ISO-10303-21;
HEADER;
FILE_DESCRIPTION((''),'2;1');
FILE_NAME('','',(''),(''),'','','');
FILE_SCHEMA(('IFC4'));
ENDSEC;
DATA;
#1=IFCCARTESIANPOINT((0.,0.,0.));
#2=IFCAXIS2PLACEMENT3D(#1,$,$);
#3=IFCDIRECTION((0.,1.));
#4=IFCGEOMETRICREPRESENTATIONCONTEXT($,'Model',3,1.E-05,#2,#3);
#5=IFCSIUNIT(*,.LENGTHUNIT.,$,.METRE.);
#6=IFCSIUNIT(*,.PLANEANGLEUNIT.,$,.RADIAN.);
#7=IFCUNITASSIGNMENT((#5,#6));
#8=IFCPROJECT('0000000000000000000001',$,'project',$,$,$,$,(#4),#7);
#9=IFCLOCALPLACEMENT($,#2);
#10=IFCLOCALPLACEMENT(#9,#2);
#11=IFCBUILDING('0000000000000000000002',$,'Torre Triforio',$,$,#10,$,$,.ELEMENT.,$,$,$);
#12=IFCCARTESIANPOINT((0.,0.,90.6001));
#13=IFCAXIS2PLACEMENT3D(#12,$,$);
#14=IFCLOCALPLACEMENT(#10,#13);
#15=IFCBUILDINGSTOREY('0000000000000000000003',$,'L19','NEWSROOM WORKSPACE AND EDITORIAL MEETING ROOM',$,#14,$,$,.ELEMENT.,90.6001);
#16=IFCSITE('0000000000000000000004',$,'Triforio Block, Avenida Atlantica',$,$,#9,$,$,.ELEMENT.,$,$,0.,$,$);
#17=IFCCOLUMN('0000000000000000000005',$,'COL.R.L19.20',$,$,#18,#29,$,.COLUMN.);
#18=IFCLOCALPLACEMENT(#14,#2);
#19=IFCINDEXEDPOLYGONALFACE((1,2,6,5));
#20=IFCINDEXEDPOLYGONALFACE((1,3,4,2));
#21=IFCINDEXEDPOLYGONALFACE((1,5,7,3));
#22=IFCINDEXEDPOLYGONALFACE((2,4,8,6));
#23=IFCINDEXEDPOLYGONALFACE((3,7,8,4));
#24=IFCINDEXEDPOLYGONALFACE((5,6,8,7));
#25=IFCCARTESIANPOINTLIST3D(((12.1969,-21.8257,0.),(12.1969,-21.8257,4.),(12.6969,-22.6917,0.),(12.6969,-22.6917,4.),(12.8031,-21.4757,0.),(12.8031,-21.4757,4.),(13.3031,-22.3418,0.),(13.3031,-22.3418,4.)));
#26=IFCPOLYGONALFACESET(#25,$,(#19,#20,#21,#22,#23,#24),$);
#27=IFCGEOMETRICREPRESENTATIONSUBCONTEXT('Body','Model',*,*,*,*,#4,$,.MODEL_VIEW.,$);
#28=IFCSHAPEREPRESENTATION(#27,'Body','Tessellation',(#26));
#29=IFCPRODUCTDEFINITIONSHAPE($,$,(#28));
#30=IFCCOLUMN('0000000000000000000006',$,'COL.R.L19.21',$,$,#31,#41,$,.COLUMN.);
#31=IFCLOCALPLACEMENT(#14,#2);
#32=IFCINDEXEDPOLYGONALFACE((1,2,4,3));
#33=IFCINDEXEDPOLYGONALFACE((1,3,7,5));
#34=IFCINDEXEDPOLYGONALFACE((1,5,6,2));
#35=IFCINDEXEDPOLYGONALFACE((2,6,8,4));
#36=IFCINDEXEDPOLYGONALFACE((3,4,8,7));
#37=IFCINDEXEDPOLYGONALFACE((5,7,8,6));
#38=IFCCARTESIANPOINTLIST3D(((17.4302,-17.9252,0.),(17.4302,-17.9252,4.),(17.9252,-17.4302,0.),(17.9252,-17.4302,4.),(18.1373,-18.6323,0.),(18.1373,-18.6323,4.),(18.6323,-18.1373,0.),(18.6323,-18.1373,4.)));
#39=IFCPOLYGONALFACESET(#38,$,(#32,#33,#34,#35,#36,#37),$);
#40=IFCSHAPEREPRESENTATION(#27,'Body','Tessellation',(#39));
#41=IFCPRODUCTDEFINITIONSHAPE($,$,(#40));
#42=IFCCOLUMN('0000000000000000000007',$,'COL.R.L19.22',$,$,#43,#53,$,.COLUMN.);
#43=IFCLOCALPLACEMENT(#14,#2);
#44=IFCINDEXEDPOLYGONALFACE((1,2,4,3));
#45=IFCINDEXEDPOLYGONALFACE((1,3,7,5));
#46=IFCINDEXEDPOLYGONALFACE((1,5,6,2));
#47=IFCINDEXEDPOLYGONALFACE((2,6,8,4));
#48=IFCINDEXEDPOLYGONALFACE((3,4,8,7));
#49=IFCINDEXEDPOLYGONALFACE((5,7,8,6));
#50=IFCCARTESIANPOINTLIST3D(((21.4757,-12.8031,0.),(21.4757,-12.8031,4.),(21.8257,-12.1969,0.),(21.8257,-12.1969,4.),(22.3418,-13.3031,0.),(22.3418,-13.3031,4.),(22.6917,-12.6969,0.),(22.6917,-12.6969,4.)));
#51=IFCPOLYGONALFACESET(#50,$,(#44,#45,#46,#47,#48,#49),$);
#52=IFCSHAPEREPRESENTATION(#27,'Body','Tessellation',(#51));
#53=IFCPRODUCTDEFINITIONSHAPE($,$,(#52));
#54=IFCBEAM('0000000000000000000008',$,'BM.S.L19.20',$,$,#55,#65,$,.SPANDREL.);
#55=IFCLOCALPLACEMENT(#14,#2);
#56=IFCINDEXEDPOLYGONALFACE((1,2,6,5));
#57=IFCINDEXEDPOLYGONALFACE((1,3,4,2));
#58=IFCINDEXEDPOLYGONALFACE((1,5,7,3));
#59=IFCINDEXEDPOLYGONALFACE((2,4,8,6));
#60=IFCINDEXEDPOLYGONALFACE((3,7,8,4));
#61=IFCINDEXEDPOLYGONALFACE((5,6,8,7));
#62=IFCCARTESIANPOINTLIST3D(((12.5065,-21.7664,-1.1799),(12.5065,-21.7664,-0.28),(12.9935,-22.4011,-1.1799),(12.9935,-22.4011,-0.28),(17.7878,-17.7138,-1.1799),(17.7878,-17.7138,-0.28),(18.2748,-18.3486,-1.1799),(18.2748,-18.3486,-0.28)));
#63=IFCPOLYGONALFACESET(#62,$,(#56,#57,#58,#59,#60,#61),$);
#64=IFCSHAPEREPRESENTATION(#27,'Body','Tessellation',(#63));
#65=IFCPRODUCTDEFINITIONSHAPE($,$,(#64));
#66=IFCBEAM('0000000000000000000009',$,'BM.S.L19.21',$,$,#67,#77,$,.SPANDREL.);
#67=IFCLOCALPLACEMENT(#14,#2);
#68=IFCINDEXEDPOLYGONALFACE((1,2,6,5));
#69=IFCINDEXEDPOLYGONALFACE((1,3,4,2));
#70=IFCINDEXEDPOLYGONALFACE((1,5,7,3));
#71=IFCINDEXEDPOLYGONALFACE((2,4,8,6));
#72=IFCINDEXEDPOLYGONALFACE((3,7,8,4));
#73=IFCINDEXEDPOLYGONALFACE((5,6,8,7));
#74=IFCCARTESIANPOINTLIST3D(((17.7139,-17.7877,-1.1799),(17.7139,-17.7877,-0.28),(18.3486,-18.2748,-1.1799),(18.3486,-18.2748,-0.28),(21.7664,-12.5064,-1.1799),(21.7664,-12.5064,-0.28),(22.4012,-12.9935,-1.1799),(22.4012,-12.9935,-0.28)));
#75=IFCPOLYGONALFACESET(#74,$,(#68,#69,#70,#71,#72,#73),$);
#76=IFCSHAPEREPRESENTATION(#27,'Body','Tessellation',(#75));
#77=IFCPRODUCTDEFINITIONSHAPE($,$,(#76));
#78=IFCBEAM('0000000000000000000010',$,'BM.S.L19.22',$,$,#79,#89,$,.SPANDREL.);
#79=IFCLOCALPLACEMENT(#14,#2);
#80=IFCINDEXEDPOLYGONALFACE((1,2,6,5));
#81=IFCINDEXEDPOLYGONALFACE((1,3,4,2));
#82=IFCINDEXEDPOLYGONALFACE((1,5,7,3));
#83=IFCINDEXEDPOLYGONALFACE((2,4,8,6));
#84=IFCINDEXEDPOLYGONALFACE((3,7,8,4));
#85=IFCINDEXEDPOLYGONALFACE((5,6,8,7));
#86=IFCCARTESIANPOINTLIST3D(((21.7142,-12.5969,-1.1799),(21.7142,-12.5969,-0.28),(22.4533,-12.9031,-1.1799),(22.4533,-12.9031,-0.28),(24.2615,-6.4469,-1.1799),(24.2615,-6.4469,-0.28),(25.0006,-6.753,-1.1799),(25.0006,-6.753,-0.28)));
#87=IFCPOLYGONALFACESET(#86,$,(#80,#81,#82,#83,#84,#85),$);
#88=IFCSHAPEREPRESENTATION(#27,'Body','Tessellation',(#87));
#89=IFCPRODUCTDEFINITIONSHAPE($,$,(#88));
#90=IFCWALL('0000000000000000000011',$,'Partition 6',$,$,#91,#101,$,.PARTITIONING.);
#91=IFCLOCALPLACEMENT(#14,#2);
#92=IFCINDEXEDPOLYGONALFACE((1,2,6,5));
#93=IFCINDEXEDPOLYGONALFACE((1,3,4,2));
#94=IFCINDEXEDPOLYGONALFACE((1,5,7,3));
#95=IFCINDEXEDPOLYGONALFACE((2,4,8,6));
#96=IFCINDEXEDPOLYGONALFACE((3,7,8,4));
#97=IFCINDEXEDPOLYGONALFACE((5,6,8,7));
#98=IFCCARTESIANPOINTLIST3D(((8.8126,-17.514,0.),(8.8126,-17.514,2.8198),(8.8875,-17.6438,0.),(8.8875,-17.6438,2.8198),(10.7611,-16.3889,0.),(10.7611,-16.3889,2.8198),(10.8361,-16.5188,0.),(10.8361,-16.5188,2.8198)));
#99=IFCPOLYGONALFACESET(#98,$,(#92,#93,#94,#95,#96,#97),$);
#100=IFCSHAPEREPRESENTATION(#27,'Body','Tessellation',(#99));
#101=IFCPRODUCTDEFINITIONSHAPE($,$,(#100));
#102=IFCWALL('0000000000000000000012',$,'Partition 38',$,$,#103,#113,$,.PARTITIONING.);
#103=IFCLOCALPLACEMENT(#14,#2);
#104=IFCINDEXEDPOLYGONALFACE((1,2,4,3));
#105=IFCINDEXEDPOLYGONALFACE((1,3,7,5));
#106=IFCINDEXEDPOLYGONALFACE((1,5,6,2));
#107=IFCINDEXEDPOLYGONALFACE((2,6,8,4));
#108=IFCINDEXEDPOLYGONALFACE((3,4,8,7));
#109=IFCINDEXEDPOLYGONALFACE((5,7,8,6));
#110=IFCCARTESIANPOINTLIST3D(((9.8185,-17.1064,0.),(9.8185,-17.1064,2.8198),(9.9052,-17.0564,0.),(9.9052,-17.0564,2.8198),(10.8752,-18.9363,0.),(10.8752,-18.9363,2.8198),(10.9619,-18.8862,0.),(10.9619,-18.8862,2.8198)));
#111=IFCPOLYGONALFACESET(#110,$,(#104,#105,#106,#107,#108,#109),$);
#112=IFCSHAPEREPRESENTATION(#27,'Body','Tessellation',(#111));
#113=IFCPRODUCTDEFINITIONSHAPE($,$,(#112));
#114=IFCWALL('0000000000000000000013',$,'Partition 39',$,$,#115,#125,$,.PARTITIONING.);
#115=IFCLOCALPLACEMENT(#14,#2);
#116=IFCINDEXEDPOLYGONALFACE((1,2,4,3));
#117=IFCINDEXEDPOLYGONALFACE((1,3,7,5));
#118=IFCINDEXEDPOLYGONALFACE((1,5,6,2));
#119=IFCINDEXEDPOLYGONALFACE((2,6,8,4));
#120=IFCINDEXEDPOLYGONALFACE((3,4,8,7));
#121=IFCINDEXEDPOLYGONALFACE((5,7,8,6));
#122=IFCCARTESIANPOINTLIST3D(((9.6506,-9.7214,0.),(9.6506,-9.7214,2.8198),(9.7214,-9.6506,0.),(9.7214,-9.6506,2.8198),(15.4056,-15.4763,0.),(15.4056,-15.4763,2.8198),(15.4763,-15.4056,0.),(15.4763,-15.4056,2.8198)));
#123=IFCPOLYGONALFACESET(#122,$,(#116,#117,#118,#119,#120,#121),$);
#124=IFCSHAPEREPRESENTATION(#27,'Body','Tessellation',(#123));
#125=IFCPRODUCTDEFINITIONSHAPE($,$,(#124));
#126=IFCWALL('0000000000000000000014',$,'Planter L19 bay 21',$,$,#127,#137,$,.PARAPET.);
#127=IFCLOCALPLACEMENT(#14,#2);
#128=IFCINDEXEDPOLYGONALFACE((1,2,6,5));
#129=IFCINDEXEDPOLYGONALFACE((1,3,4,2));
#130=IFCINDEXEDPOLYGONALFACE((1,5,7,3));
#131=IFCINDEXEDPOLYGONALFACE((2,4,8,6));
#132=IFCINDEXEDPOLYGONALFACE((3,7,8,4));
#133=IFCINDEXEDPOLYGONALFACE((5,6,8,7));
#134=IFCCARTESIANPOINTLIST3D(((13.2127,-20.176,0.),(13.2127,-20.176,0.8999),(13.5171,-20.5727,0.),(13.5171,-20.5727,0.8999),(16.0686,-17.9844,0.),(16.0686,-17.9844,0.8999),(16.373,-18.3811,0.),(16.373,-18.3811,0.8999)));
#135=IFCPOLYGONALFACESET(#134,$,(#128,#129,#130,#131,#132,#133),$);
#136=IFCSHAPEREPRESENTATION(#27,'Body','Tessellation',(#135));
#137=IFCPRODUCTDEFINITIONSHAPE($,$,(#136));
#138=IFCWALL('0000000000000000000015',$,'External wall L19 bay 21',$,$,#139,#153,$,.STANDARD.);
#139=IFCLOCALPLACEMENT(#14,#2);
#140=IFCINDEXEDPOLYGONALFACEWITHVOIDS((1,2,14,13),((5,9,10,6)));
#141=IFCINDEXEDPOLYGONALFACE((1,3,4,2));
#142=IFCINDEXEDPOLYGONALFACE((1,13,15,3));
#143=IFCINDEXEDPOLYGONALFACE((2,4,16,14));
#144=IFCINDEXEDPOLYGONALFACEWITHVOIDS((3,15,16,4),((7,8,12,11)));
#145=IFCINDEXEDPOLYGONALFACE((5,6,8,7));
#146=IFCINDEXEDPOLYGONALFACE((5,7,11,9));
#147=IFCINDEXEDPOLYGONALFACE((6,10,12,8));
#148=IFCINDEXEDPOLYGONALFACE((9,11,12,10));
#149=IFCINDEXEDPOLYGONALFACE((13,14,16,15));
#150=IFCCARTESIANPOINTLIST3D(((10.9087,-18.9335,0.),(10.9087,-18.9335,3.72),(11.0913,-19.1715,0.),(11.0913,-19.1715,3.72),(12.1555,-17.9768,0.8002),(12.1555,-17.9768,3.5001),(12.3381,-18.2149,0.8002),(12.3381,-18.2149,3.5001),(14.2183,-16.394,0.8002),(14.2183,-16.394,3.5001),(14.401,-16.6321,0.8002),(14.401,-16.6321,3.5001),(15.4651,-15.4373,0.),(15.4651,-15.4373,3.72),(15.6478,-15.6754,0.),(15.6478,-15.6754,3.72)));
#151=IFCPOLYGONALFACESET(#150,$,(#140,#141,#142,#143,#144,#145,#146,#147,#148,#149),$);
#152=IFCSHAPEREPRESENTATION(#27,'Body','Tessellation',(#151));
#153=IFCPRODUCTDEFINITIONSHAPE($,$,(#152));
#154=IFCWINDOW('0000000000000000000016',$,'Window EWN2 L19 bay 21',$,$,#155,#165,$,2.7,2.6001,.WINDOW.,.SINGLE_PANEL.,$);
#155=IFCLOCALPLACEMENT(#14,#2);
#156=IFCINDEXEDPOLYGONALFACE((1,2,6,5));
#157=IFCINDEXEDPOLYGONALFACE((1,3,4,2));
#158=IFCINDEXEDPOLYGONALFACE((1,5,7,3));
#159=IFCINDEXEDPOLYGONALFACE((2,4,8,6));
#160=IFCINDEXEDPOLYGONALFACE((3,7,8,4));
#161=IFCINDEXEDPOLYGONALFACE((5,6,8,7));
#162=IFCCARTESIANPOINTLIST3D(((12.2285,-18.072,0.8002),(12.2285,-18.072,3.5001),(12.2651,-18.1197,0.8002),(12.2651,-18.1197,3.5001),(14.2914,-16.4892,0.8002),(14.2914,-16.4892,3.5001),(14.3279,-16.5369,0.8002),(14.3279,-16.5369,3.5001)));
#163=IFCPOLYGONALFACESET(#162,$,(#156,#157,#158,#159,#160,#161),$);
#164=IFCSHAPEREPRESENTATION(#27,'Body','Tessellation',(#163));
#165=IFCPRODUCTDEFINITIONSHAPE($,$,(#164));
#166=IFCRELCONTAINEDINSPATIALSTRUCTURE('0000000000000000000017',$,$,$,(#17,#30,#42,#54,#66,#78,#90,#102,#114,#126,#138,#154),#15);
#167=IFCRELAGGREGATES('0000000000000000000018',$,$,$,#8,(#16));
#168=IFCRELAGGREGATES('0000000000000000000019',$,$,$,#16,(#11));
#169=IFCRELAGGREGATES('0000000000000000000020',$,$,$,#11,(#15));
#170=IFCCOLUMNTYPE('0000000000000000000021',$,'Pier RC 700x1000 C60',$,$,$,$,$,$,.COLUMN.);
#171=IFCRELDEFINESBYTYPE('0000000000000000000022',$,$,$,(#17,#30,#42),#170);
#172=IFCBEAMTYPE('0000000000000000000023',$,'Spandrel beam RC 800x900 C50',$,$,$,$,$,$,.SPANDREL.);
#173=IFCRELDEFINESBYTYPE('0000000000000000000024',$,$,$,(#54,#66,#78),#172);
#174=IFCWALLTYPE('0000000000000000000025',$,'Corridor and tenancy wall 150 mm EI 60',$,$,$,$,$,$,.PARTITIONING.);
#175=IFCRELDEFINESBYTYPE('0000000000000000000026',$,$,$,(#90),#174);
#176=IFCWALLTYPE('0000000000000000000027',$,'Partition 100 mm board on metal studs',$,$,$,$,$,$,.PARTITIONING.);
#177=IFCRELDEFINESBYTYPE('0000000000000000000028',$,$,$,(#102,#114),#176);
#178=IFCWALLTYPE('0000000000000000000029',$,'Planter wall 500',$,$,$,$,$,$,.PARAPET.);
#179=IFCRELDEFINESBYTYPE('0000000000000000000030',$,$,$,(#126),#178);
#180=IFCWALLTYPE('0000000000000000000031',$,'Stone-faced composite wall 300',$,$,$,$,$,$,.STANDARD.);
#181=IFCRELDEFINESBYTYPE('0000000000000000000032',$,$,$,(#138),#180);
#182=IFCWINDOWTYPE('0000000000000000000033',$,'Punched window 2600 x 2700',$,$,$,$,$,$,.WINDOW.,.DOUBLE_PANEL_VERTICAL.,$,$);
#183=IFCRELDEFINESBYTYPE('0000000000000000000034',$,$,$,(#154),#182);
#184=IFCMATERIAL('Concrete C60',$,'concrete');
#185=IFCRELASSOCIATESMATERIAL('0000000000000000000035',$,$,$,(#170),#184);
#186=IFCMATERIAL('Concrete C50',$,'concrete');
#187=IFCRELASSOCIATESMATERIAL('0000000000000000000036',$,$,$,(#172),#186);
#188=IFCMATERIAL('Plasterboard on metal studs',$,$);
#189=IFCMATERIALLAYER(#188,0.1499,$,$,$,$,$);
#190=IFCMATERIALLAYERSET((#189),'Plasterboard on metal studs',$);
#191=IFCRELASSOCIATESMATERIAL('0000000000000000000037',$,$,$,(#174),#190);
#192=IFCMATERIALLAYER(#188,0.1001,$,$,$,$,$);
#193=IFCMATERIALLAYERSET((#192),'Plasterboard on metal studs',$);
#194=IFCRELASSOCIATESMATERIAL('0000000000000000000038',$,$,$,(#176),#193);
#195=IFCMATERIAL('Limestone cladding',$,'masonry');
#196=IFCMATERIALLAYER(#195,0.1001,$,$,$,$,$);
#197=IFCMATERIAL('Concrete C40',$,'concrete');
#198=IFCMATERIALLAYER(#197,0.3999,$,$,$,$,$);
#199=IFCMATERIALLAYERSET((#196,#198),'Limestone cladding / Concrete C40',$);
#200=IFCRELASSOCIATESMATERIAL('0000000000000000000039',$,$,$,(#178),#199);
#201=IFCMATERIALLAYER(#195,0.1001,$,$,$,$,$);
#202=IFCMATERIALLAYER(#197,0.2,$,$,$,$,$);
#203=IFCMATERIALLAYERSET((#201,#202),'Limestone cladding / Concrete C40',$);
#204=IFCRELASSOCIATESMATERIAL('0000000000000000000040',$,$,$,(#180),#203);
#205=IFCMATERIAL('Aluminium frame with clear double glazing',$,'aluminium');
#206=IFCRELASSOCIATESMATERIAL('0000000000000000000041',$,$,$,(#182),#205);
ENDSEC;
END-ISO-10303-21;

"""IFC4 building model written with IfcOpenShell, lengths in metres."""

from ifc_helpers import new_model, si_unit, direction, frame, frame_2d, origin, origin_2d, place, context, subcontext, project, spatial, rectangle, extrude, material, layer, layer_set, material_profile, profile_set, type_object, element, fill, save


model = new_model("IFC4")

# Units and contexts
model_context = context("Model", 3, precision=1e-05, world=origin(), true_north=direction((0.0, 1.0)))
body_context = subcontext(model_context, "Body", "Model", "MODEL_VIEW")
ifc_project = project(units=[si_unit("LENGTHUNIT", "METRE"), si_unit("PLANEANGLEUNIT", "RADIAN")], contexts=[model_context])

# Site, building, storey
site_placement = place(None, origin())
site = spatial("IfcSite", under=ifc_project, at=site_placement, Name="Triforio Block, Avenida Atlantica", CompositionType="ELEMENT", RefElevation=0.0)
building_placement = place(site_placement, origin())
building = spatial("IfcBuilding", under=site, at=building_placement, Name="Torre Triforio", CompositionType="ELEMENT")
storey_placement = place(building_placement, frame((0.0, 0.0, 90.6001)))
storey = spatial("IfcBuildingStorey", under=building, at=storey_placement, Name="L19", Description="NEWSROOM WORKSPACE AND EDITORIAL MEETING ROOM", CompositionType="ELEMENT", Elevation=90.6001)

# Columns
ifc_material_1 = material(Name="Concrete C60", Category="concrete")
ifc_material_profile_1 = material_profile(ifc_material_1, rectangle(XDim=0.7, YDim=1.0, at=origin_2d()), Name="RC 700x1000")
ifc_profile_set_1 = profile_set([ifc_material_profile_1], Name="Concrete C60")
column_type = type_object("IfcColumnType", Name="Pier RC 700x1000 C60", PredefinedType="COLUMN", material=ifc_profile_set_1)
for number, where, z_axis, x_axis, name in (
    (1, (12.75, -22.0837, 0.0), (0.0, 0.0, 1.0), (0.866025, 0.5, 0.0), "COL.R.L19.20"),
    (2, (18.0312, -18.0312, 0.0), (0.0, 0.0, 1.0), (0.707107, 0.707107, 0.0), "COL.R.L19.21"),
    (3, (22.0837, -12.75, 0.0), (0.0, 0.0, 1.0), (0.5, 0.866025, 0.0), "COL.R.L19.22"),
):
    element("IfcColumn", number, at=place(storey_placement, frame(where, z_axis=z_axis, x_axis=x_axis)), inside=storey, type_object=column_type, Name=name, PredefinedType="COLUMN", context=body_context, shape_type="SweptSolid", body=[
        extrude(rectangle(XDim=0.7, YDim=1.0, at=origin_2d()), origin(), (0.0, 0.0, 1.0), 4.0),
    ])

# Beams
ifc_material_2 = material(Name="Concrete C50", Category="concrete")
ifc_material_profile_2 = material_profile(ifc_material_2, rectangle(XDim=0.8, YDim=0.8999, at=origin_2d()), Name="RC 800x900")
ifc_profile_set_2 = profile_set([ifc_material_profile_2], Name="Concrete C50")
beam_type = type_object("IfcBeamType", Name="Spandrel beam RC 800x900 C50", PredefinedType="SPANDREL", material=ifc_profile_set_2)
for number, where, z_axis, x_axis, name in (
    (4, (12.75, -22.0837, -0.73), (0.79335, 0.608766, 0.0), (-0.608766, 0.79335, 0.0), "BM.S.L19.20"),
    (5, (18.0312, -18.0312, -0.73), (0.608766, 0.79335, 0.0), (-0.79335, 0.608766, 0.0), "BM.S.L19.21"),
):
    element("IfcBeam", number, at=place(storey_placement, frame(where, z_axis=z_axis, x_axis=x_axis)), inside=storey, type_object=beam_type, Name=name, PredefinedType="SPANDREL", context=body_context, shape_type="SweptSolid", body=[
        extrude(rectangle(XDim=0.8, YDim=0.8999, at=origin_2d()), origin(), (0.0, 0.0, 1.0), 6.657),
    ])
beam_placement = place(storey_placement, frame((22.0837, -12.75, -0.73), z_axis=(0.382669, 0.923885, 0.0), x_axis=(-0.923885, 0.382669, 0.0)))
element("IfcBeam", 6, at=beam_placement, inside=storey, type_object=beam_type, Name="BM.S.L19.22", PredefinedType="SPANDREL", context=body_context, shape_type="SweptSolid", body=[
    extrude(rectangle(XDim=0.8, YDim=0.8999, at=origin_2d()), origin(), (0.0, 0.0, 1.0), 6.6567),
])

# Walls
ifc_material_3 = material(Name="Plasterboard on metal studs")
ifc_layer_1 = layer(ifc_material_3, 0.1499)
ifc_layer_set_1 = layer_set([ifc_layer_1], Name="Plasterboard on metal studs")
wall_type_1 = type_object("IfcWallType", Name="Corridor and tenancy wall 150 mm EI 60", PredefinedType="PARTITIONING", material=ifc_layer_set_1)
wall_1_placement = place(storey_placement, frame((10.7986, -16.4539, 0.0), z_axis=(0.0, 0.0, 1.0), x_axis=(-0.866018, -0.500014, 0.0)))
element("IfcWall", 7, at=wall_1_placement, inside=storey, type_object=wall_type_1, Name="Partition 6", PredefinedType="PARTITIONING", context=body_context, shape_type="SweptSolid", body=[
    extrude(rectangle(XDim=2.25, YDim=0.1499, at=frame_2d((1.125, 0.0))), origin(), (0.0, 0.0, 1.0), 2.8198),
])
ifc_layer_2 = layer(ifc_material_3, 0.1001)
ifc_layer_set_2 = layer_set([ifc_layer_2], Name="Plasterboard on metal studs")
wall_type_2 = type_object("IfcWallType", Name="Partition 100 mm board on metal studs", PredefinedType="PARTITIONING", material=ifc_layer_set_2)
wall_2_placement = place(storey_placement, frame((9.8618, -17.0813, 0.0), z_axis=(0.0, 0.0, 1.0), x_axis=(0.500066, -0.865987, 0.0)))
element("IfcWall", 8, at=wall_2_placement, inside=storey, type_object=wall_type_2, Name="Partition 38", PredefinedType="PARTITIONING", context=body_context, shape_type="SweptSolid", body=[
    extrude(rectangle(XDim=2.113, YDim=0.1001, at=frame_2d((1.0566, 0.0))), origin(), (0.0, 0.0, 1.0), 2.8198),
])
wall_3_placement = place(storey_placement, frame((9.686, -9.686, 0.0), z_axis=(0.0, 0.0, 1.0), x_axis=(0.707107, -0.707107, 0.0)))
element("IfcWall", 9, at=wall_3_placement, inside=storey, type_object=wall_type_2, Name="Partition 39", PredefinedType="PARTITIONING", context=body_context, shape_type="SweptSolid", body=[
    extrude(rectangle(XDim=8.1387, YDim=0.1001, at=frame_2d((4.0693, 0.0))), origin(), (0.0, 0.0, 1.0), 2.8198),
])
ifc_material_4 = material(Name="Limestone cladding", Category="masonry")
ifc_layer_3 = layer(ifc_material_4, 0.1001)
ifc_material_5 = material(Name="Concrete C40", Category="concrete")
ifc_layer_4 = layer(ifc_material_5, 0.3999)
ifc_layer_set_3 = layer_set([ifc_layer_3, ifc_layer_4], Name="Limestone cladding / Concrete C40")
wall_type_3 = type_object("IfcWallType", Name="Planter wall 500", PredefinedType="PARAPET", material=ifc_layer_set_3)
wall_4_placement = place(storey_placement, frame((13.365, -20.3743, 0.0), z_axis=(0.0, 0.0, 1.0), x_axis=(0.793327, 0.608796, 0.0)))
element("IfcWall", 10, at=wall_4_placement, inside=storey, type_object=wall_type_3, Name="Planter L19 bay 21", PredefinedType="PARAPET", context=body_context, shape_type="SweptSolid", body=[
    extrude(rectangle(XDim=3.5999, YDim=0.5, at=frame_2d((1.7998, 0.0))), origin(), (0.0, 0.0, 1.0), 0.8999),
])

# Wall, opening, window
ifc_layer_5 = layer(ifc_material_4, 0.1001)
ifc_layer_6 = layer(ifc_material_5, 0.2)
ifc_layer_set_4 = layer_set([ifc_layer_5, ifc_layer_6], Name="Limestone cladding / Concrete C40")
wall_type_4 = type_object("IfcWallType", Name="Stone-faced composite wall 300", PredefinedType="STANDARD", material=ifc_layer_set_4)
wall_5_placement = place(storey_placement, frame((11.0, -19.0525, 0.0), z_axis=(0.0, 0.0, 1.0), x_axis=(0.793366, 0.608745, 0.0)))
wall_5 = element("IfcWall", 11, at=wall_5_placement, inside=storey, type_object=wall_type_4, Name="External wall L19 bay 21", PredefinedType="STANDARD", context=body_context, shape_type="SweptSolid", body=[
    extrude(rectangle(XDim=5.7432, YDim=0.3, at=frame_2d((2.8716, 0.0))), origin(), (0.0, 0.0, 1.0), 3.72),
])
opening_1_placement = place(wall_5_placement, frame((1.5715, 0.0, 0.8)))
opening_1 = element("IfcOpeningElement", 12, at=opening_1_placement, cuts=wall_5, PredefinedType="OPENING", context=body_context, shape_type="SweptSolid", body=[
    extrude(rectangle(XDim=2.6001, YDim=2.7, at=frame_2d((1.3, 1.3501))), frame((0.0, 0.1599, 0.0), z_axis=(0.0, -1.0, 0.0), x_axis=(1.0, 0.0, 0.0)), (0.0, 0.0, 1.0), 0.3201),
])
ifc_material_6 = material(Name="Aluminium frame with clear double glazing", Category="aluminium")
window_type_1 = type_object("IfcWindowType", Name="Punched window 2600 x 2700", PartitioningType="DOUBLE_PANEL_VERTICAL", PredefinedType="WINDOW", material=ifc_material_6)
window_1_placement = place(opening_1_placement, origin())
window_1 = element("IfcWindow", 13, at=window_1_placement, inside=storey, type_object=window_type_1, Name="Window EWN2 L19 bay 21", OverallHeight=2.7, OverallWidth=2.6001, PartitioningType="SINGLE_PANEL", PredefinedType="WINDOW", context=body_context, shape_type="SweptSolid", body=[
    extrude(rectangle(XDim=2.6001, YDim=2.7, at=frame_2d((1.3, 1.3501))), frame((0.0, 0.03, 0.0), z_axis=(0.0, -1.0, 0.0), x_axis=(1.0, 0.0, 0.0)), (0.0, 0.0, 1.0), 0.0601),
])
fill(opening_1, window_1)

save(model, "model.ifc")
